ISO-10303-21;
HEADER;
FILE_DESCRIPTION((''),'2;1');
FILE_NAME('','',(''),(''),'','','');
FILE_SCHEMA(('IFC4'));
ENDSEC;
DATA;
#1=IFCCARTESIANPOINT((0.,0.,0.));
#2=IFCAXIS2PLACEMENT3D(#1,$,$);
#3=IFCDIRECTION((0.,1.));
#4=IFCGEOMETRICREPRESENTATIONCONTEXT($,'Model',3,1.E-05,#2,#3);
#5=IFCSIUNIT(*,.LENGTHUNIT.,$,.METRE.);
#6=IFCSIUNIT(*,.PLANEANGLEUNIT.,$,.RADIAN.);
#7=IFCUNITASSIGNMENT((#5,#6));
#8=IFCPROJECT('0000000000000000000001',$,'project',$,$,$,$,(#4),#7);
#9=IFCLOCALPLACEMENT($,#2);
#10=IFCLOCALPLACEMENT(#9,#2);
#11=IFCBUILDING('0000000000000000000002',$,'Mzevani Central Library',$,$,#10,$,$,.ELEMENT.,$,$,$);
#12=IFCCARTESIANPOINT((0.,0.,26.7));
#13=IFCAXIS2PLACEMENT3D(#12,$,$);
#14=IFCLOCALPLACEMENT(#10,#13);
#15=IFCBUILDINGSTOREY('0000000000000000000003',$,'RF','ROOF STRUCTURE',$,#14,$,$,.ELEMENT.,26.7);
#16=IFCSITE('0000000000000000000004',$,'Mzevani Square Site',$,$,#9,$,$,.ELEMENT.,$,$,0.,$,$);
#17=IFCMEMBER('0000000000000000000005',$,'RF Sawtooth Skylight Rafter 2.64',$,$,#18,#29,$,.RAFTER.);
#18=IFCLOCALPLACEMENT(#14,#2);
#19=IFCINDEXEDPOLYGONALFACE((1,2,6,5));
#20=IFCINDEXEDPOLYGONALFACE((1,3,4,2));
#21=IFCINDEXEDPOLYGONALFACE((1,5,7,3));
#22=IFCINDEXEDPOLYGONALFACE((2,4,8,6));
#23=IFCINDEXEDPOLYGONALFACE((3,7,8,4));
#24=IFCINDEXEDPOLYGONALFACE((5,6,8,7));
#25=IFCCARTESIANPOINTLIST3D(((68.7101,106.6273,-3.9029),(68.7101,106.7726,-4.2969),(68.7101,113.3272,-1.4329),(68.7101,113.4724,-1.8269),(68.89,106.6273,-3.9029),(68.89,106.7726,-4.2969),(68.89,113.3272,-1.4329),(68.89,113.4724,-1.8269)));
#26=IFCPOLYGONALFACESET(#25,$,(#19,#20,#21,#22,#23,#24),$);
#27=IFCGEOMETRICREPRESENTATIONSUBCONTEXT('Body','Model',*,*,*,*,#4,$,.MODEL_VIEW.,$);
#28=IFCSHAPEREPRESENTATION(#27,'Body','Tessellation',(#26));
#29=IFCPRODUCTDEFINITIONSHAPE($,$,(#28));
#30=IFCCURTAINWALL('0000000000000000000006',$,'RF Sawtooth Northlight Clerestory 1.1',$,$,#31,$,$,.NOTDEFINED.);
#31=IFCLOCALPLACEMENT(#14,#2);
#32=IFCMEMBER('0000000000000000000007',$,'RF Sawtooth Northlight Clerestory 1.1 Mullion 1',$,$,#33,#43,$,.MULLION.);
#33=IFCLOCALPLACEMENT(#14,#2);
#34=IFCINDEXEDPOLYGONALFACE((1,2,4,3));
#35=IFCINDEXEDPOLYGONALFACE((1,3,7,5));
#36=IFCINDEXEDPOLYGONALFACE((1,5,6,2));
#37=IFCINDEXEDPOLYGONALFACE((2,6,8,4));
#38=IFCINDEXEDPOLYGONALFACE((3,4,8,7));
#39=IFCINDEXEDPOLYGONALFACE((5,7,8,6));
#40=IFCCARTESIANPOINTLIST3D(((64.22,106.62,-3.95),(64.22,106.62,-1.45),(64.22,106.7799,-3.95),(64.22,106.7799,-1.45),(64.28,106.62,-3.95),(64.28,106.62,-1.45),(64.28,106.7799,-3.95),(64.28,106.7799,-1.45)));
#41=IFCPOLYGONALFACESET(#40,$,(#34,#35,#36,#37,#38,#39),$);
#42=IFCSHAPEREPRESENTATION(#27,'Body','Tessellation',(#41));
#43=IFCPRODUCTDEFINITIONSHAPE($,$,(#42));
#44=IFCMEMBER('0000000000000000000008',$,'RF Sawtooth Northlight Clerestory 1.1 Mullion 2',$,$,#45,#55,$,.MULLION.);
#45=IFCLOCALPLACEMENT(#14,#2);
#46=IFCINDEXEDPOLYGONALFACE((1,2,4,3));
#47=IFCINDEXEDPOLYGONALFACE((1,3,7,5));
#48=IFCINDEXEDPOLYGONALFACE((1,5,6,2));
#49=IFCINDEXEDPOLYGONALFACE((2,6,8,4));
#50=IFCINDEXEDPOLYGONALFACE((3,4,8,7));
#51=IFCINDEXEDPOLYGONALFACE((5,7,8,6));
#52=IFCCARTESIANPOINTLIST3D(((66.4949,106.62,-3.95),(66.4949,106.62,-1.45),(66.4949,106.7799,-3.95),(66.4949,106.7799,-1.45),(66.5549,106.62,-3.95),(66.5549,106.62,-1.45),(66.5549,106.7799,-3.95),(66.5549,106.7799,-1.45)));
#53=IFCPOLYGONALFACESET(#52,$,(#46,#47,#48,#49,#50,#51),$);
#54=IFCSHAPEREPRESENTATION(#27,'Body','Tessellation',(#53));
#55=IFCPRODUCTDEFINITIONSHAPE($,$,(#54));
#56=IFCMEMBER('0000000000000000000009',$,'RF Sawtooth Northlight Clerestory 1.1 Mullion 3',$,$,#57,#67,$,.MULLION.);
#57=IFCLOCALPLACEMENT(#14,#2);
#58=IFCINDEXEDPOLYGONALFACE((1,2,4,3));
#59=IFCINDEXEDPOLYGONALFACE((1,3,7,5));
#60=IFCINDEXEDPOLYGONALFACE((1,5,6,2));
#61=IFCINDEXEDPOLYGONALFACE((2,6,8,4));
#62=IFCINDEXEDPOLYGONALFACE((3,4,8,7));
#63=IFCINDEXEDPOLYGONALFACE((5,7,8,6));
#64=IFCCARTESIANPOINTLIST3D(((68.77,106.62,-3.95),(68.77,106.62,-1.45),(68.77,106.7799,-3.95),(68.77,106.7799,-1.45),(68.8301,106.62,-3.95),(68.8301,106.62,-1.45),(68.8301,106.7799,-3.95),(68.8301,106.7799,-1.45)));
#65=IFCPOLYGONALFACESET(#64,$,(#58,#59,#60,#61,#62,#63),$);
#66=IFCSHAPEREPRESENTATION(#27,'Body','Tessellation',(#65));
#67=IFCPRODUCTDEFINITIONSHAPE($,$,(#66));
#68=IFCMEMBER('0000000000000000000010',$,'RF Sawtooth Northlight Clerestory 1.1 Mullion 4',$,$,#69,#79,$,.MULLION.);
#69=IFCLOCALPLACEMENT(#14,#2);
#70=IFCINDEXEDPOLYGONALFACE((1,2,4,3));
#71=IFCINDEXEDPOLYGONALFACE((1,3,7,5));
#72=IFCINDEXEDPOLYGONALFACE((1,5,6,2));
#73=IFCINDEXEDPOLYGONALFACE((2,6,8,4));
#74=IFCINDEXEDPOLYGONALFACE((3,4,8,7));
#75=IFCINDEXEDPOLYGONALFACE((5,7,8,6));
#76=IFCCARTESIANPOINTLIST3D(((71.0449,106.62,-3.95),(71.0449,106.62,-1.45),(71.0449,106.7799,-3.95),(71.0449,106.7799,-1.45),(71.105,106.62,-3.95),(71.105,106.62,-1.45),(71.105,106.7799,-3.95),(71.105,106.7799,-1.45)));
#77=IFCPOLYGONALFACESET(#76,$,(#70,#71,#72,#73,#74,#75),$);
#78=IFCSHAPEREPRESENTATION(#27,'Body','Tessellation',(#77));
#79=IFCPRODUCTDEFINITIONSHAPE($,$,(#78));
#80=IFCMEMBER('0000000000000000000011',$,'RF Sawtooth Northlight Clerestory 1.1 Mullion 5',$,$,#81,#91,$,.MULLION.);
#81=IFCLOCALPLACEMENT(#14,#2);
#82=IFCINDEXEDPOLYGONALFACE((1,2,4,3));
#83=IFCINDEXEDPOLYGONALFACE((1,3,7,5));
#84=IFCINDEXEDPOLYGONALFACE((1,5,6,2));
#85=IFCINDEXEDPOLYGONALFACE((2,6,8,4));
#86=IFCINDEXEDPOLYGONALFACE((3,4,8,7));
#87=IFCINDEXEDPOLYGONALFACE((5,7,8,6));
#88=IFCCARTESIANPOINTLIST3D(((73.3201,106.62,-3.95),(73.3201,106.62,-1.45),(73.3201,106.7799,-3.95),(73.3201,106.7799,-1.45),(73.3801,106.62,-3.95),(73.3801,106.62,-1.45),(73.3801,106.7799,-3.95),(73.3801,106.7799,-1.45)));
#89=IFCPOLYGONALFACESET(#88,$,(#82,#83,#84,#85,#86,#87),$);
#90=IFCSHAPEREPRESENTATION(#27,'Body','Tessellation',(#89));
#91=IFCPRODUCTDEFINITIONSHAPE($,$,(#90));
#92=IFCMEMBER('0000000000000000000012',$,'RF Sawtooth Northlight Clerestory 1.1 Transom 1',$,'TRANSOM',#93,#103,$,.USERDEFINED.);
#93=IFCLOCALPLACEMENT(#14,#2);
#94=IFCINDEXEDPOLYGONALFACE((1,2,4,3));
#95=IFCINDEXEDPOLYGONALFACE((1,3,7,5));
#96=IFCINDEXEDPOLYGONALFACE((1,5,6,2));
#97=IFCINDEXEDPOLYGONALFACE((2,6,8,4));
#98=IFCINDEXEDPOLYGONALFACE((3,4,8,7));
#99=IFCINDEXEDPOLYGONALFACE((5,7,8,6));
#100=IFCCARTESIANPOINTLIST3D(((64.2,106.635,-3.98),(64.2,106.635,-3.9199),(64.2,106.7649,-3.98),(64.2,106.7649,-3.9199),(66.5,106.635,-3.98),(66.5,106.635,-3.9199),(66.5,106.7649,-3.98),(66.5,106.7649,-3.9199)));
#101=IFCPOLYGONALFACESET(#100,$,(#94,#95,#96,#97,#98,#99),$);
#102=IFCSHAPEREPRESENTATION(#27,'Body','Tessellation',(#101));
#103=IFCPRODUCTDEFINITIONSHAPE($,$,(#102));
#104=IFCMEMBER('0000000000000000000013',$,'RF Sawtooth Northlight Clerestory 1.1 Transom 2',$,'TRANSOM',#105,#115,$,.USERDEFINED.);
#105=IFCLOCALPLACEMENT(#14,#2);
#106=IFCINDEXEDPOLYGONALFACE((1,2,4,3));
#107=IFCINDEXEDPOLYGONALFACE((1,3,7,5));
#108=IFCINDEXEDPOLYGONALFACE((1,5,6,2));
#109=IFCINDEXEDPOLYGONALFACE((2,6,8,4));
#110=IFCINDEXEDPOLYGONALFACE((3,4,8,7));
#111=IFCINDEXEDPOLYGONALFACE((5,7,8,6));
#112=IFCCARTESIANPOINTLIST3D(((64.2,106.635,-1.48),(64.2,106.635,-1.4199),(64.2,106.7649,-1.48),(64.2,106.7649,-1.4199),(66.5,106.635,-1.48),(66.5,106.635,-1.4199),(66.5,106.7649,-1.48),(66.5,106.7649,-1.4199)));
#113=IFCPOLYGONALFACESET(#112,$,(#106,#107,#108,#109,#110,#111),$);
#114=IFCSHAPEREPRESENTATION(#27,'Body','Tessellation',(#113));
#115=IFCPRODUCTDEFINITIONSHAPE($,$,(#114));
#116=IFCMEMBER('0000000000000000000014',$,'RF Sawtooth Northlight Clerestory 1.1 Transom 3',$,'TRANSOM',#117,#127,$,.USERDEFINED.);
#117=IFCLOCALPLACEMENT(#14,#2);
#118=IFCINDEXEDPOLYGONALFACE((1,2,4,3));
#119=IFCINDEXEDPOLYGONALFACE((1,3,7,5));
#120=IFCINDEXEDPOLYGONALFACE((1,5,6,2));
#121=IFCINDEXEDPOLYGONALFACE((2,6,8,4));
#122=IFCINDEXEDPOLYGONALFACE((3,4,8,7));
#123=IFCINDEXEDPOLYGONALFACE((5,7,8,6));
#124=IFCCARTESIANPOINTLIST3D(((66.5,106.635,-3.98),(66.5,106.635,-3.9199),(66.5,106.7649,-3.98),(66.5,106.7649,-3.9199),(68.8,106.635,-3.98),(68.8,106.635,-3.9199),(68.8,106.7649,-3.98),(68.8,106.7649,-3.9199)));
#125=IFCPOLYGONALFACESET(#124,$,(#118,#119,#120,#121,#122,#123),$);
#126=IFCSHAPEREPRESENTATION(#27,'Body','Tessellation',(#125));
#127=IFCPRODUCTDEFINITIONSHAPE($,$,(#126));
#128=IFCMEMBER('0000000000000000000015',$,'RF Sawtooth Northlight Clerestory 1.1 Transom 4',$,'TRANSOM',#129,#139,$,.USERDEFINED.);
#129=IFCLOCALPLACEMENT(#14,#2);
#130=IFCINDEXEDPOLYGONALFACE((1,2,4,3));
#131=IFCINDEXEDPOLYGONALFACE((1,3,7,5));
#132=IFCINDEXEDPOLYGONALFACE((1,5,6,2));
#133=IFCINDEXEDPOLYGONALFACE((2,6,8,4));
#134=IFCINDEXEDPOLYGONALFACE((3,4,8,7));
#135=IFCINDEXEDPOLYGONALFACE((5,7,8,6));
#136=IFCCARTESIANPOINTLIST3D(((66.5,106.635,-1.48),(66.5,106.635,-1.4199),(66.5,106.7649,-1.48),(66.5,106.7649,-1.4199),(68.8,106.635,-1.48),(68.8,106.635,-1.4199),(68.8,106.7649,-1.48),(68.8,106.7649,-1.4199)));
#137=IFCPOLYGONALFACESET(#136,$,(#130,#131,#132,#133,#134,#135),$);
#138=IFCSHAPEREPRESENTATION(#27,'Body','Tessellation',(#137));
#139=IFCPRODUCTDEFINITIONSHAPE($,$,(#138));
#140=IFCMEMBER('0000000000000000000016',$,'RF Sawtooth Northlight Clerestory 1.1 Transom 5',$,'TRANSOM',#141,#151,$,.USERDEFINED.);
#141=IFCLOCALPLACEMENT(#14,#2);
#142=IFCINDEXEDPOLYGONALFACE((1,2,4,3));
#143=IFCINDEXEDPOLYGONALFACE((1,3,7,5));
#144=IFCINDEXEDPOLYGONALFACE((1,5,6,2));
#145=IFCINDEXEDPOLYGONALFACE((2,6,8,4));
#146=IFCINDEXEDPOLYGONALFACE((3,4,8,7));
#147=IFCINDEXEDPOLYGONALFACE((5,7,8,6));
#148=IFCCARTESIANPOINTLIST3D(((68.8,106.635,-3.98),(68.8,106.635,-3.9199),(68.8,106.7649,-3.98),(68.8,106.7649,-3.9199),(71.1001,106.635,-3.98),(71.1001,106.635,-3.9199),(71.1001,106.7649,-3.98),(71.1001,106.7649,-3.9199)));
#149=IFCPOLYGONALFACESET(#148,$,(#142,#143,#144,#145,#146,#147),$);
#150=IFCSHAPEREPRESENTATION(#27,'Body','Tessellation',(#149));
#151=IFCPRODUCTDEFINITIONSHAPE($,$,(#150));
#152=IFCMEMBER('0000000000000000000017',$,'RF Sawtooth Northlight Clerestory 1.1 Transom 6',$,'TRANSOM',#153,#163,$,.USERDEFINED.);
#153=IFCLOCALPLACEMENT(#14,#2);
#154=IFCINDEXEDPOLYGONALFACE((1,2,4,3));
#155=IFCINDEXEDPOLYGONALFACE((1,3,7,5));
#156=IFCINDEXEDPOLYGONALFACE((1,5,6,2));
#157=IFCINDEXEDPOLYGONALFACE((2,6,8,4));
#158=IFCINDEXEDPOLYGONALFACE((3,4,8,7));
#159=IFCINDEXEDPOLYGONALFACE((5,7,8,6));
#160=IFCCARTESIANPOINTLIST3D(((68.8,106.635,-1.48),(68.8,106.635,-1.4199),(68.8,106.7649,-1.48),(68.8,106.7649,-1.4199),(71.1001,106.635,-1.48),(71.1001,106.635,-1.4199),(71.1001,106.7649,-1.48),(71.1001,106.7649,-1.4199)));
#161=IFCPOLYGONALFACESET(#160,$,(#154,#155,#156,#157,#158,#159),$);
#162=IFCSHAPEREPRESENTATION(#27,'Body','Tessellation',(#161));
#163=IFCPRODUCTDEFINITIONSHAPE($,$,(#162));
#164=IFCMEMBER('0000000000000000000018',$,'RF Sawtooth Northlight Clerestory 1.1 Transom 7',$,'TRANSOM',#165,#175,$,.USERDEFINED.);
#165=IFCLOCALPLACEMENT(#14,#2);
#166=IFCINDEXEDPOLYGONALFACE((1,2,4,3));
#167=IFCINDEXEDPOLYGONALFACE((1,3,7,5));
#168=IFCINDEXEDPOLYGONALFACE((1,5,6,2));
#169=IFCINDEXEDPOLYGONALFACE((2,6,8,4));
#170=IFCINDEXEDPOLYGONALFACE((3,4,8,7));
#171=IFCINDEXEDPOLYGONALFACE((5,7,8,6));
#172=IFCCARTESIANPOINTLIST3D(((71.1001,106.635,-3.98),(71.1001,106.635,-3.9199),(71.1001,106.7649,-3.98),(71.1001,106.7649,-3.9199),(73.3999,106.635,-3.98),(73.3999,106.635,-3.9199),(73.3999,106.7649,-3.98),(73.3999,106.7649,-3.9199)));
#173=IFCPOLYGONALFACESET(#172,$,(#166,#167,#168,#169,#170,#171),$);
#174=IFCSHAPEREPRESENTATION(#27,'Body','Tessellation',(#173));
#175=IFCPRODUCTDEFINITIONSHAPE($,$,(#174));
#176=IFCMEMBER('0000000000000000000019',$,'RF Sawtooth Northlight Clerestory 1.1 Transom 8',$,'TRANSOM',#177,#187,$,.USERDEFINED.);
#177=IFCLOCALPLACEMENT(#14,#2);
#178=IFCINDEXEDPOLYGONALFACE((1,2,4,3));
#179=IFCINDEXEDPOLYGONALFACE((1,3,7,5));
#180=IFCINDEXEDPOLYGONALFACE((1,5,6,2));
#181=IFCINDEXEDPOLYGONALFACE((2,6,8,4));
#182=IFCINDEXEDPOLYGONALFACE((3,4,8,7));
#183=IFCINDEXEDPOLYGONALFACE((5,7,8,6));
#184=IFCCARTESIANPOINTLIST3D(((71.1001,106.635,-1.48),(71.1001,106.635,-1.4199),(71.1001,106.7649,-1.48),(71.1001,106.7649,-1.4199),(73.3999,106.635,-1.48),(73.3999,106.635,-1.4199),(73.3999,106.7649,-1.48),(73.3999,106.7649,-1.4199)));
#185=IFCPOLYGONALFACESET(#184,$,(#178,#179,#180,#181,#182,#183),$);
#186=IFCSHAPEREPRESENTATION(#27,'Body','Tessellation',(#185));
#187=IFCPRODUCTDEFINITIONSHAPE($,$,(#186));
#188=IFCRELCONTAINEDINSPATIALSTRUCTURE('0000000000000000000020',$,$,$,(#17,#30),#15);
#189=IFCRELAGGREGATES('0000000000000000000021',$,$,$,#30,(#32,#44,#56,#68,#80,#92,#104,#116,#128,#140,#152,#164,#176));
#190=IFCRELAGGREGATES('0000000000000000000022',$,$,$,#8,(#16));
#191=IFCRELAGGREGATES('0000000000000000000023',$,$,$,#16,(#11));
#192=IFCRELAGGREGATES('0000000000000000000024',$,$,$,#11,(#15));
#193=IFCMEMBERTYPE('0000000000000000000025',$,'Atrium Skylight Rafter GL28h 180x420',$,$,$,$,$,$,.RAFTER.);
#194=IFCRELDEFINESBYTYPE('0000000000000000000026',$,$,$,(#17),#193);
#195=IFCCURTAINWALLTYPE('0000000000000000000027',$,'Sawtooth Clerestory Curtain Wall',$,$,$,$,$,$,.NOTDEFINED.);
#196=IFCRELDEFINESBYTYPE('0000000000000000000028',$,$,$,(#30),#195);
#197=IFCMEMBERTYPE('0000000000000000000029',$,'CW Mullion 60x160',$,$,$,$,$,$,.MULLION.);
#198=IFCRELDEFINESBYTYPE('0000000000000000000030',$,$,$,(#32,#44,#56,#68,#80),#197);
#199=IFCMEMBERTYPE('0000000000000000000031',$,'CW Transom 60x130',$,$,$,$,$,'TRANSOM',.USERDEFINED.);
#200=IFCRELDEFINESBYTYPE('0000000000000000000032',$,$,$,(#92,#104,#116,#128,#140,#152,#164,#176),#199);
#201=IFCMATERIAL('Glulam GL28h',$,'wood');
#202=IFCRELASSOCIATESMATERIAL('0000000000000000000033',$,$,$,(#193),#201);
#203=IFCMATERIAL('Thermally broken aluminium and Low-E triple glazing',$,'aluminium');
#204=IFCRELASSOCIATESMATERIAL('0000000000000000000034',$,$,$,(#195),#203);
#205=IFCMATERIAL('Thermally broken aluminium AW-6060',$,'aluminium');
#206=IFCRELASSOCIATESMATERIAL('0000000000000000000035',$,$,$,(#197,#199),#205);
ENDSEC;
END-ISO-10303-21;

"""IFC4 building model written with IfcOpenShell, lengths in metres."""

from ifc_helpers import new_model, si_unit, direction, frame, origin, origin_2d, place, context, subcontext, project, spatial, rectangle, extrude, material, material_profile, profile_set, type_object, element, aggregate, save


model = new_model("IFC4")

# Units and contexts
model_context = context("Model", 3, precision=1e-05, world=origin(), true_north=direction((0.0, 1.0)))
body_context = subcontext(model_context, "Body", "Model", "MODEL_VIEW")
ifc_project = project(units=[si_unit("LENGTHUNIT", "METRE"), si_unit("PLANEANGLEUNIT", "RADIAN")], contexts=[model_context])

# Site, building, storey
site_placement = place(None, origin())
site = spatial("IfcSite", under=ifc_project, at=site_placement, Name="Mzevani Square Site", CompositionType="ELEMENT", RefElevation=0.0)
building_placement = place(site_placement, origin())
building = spatial("IfcBuilding", under=site, at=building_placement, Name="Mzevani Central Library", CompositionType="ELEMENT")
storey_placement = place(building_placement, frame((0.0, 0.0, 26.7)))
storey = spatial("IfcBuildingStorey", under=building, at=storey_placement, Name="RF", Description="ROOF STRUCTURE", CompositionType="ELEMENT", Elevation=26.7)

# Member
ifc_material_1 = material(Name="Glulam GL28h", Category="wood")
ifc_material_profile_1 = material_profile(ifc_material_1, rectangle(XDim=0.1799, YDim=0.4199, at=origin_2d()), Name="GL28h 180x420")
ifc_profile_set_1 = profile_set([ifc_material_profile_1], Name="Glulam GL28h")
member_type_1 = type_object("IfcMemberType", Name="Atrium Skylight Rafter GL28h 180x420", PredefinedType="RAFTER", material=ifc_profile_set_1)
member_1_placement = place(storey_placement, frame((68.8, 106.7, -4.0999), z_axis=(0.0, 0.938272, 0.345899), x_axis=(-1.0, 0.0, 0.0)))
element("IfcMember", 1, at=member_1_placement, inside=storey, type_object=member_type_1, Name="RF Sawtooth Skylight Rafter 2.64", PredefinedType="RAFTER", context=body_context, shape_type="SweptSolid", body=[
    extrude(rectangle(XDim=0.1799, YDim=0.4199, at=origin_2d()), origin(), (0.0, 0.0, 1.0), 7.1406),
])

# Curtain wall, members
ifc_material_2 = material(Name="Thermally broken aluminium and Low-E triple glazing", Category="aluminium")
curtain_wall_type = type_object("IfcCurtainWallType", Name="Sawtooth Clerestory Curtain Wall", PredefinedType="NOTDEFINED", material=ifc_material_2)
curtain_wall_placement = place(storey_placement, origin())
curtain_wall = element("IfcCurtainWall", 2, at=curtain_wall_placement, inside=storey, type_object=curtain_wall_type, Name="RF Sawtooth Northlight Clerestory 1.1", PredefinedType="NOTDEFINED")
ifc_material_3 = material(Name="Thermally broken aluminium AW-6060", Category="aluminium")
ifc_material_profile_2 = material_profile(ifc_material_3, rectangle(XDim=0.0601, YDim=0.1599, at=origin_2d()), Name="ALU M60x160")
ifc_profile_set_2 = profile_set([ifc_material_profile_2], Name="Thermally broken aluminium AW-6060")
member_type_2 = type_object("IfcMemberType", Name="CW Mullion 60x160", PredefinedType="MULLION", material=ifc_profile_set_2)
member_2_placement = place(storey_placement, frame((64.25, 106.7, -3.95), z_axis=(0.0, 0.0, 1.0), x_axis=(1.0, 0.0, 0.0)))
member_2 = element("IfcMember", 3, at=member_2_placement, type_object=member_type_2, Name="RF Sawtooth Northlight Clerestory 1.1 Mullion 1", PredefinedType="MULLION", context=body_context, shape_type="SweptSolid", body=[
    extrude(rectangle(XDim=0.0601, YDim=0.1599, at=origin_2d()), origin(), (0.0, 0.0, 1.0), 2.5),
])
member_3_placement = place(storey_placement, frame((66.5249, 106.7, -3.95), z_axis=(0.0, 0.0, 1.0), x_axis=(1.0, 0.0, 0.0)))
member_3 = element("IfcMember", 4, at=member_3_placement, type_object=member_type_2, Name="RF Sawtooth Northlight Clerestory 1.1 Mullion 2", PredefinedType="MULLION", context=body_context, shape_type="SweptSolid", body=[
    extrude(rectangle(XDim=0.0601, YDim=0.1599, at=origin_2d()), origin(), (0.0, 0.0, 1.0), 2.5),
])
member_4_placement = place(storey_placement, frame((68.8, 106.7, -3.95), z_axis=(0.0, 0.0, 1.0), x_axis=(1.0, 0.0, 0.0)))
member_4 = element("IfcMember", 5, at=member_4_placement, type_object=member_type_2, Name="RF Sawtooth Northlight Clerestory 1.1 Mullion 3", PredefinedType="MULLION", context=body_context, shape_type="SweptSolid", body=[
    extrude(rectangle(XDim=0.0601, YDim=0.1599, at=origin_2d()), origin(), (0.0, 0.0, 1.0), 2.5),
])
member_5_placement = place(storey_placement, frame((71.075, 106.7, -3.95), z_axis=(0.0, 0.0, 1.0), x_axis=(1.0, 0.0, 0.0)))
member_5 = element("IfcMember", 6, at=member_5_placement, type_object=member_type_2, Name="RF Sawtooth Northlight Clerestory 1.1 Mullion 4", PredefinedType="MULLION", context=body_context, shape_type="SweptSolid", body=[
    extrude(rectangle(XDim=0.0601, YDim=0.1599, at=origin_2d()), origin(), (0.0, 0.0, 1.0), 2.5),
])
member_6_placement = place(storey_placement, frame((73.3501, 106.7, -3.95), z_axis=(0.0, 0.0, 1.0), x_axis=(1.0, 0.0, 0.0)))
member_6 = element("IfcMember", 7, at=member_6_placement, type_object=member_type_2, Name="RF Sawtooth Northlight Clerestory 1.1 Mullion 5", PredefinedType="MULLION", context=body_context, shape_type="SweptSolid", body=[
    extrude(rectangle(XDim=0.0601, YDim=0.1599, at=origin_2d()), origin(), (0.0, 0.0, 1.0), 2.5),
])
ifc_material_profile_3 = material_profile(ifc_material_3, rectangle(XDim=0.1299, YDim=0.0601, at=origin_2d()), Name="ALU T60x130")
ifc_profile_set_3 = profile_set([ifc_material_profile_3], Name="Thermally broken aluminium AW-6060")
member_type_3 = type_object("IfcMemberType", Name="CW Transom 60x130", ElementType="TRANSOM", PredefinedType="USERDEFINED", material=ifc_profile_set_3)
member_7_placement = place(storey_placement, frame((64.2, 106.7, -3.95), z_axis=(1.0, 0.0, 0.0), x_axis=(0.0, 1.0, 0.0)))
member_7 = element("IfcMember", 8, at=member_7_placement, type_object=member_type_3, Name="RF Sawtooth Northlight Clerestory 1.1 Transom 1", ObjectType="TRANSOM", PredefinedType="USERDEFINED", context=body_context, shape_type="SweptSolid", body=[
    extrude(rectangle(XDim=0.1299, YDim=0.0601, at=origin_2d()), origin(), (0.0, 0.0, 1.0), 2.3),
])
member_8_placement = place(storey_placement, frame((64.2, 106.7, -1.45), z_axis=(1.0, 0.0, 0.0), x_axis=(0.0, 1.0, 0.0)))
member_8 = element("IfcMember", 9, at=member_8_placement, type_object=member_type_3, Name="RF Sawtooth Northlight Clerestory 1.1 Transom 2", ObjectType="TRANSOM", PredefinedType="USERDEFINED", context=body_context, shape_type="SweptSolid", body=[
    extrude(rectangle(XDim=0.1299, YDim=0.0601, at=origin_2d()), origin(), (0.0, 0.0, 1.0), 2.3),
])
member_9_placement = place(storey_placement, frame((66.5, 106.7, -3.95), z_axis=(1.0, 0.0, 0.0), x_axis=(0.0, 1.0, 0.0)))
member_9 = element("IfcMember", 10, at=member_9_placement, type_object=member_type_3, Name="RF Sawtooth Northlight Clerestory 1.1 Transom 3", ObjectType="TRANSOM", PredefinedType="USERDEFINED", context=body_context, shape_type="SweptSolid", body=[
    extrude(rectangle(XDim=0.1299, YDim=0.0601, at=origin_2d()), origin(), (0.0, 0.0, 1.0), 2.3),
])
member_10_placement = place(storey_placement, frame((66.5, 106.7, -1.45), z_axis=(1.0, 0.0, 0.0), x_axis=(0.0, 1.0, 0.0)))
member_10 = element("IfcMember", 11, at=member_10_placement, type_object=member_type_3, Name="RF Sawtooth Northlight Clerestory 1.1 Transom 4", ObjectType="TRANSOM", PredefinedType="USERDEFINED", context=body_context, shape_type="SweptSolid", body=[
    extrude(rectangle(XDim=0.1299, YDim=0.0601, at=origin_2d()), origin(), (0.0, 0.0, 1.0), 2.3),
])
member_11_placement = place(storey_placement, frame((68.8, 106.7, -3.95), z_axis=(1.0, 0.0, 0.0), x_axis=(0.0, 1.0, 0.0)))
member_11 = element("IfcMember", 12, at=member_11_placement, type_object=member_type_3, Name="RF Sawtooth Northlight Clerestory 1.1 Transom 5", ObjectType="TRANSOM", PredefinedType="USERDEFINED", context=body_context, shape_type="SweptSolid", body=[
    extrude(rectangle(XDim=0.1299, YDim=0.0601, at=origin_2d()), origin(), (0.0, 0.0, 1.0), 2.3),
])
member_12_placement = place(storey_placement, frame((68.8, 106.7, -1.45), z_axis=(1.0, 0.0, 0.0), x_axis=(0.0, 1.0, 0.0)))
member_12 = element("IfcMember", 13, at=member_12_placement, type_object=member_type_3, Name="RF Sawtooth Northlight Clerestory 1.1 Transom 6", ObjectType="TRANSOM", PredefinedType="USERDEFINED", context=body_context, shape_type="SweptSolid", body=[
    extrude(rectangle(XDim=0.1299, YDim=0.0601, at=origin_2d()), origin(), (0.0, 0.0, 1.0), 2.3),
])
member_13_placement = place(storey_placement, frame((71.1001, 106.7, -3.95), z_axis=(1.0, 0.0, 0.0), x_axis=(0.0, 1.0, 0.0)))
member_13 = element("IfcMember", 14, at=member_13_placement, type_object=member_type_3, Name="RF Sawtooth Northlight Clerestory 1.1 Transom 7", ObjectType="TRANSOM", PredefinedType="USERDEFINED", context=body_context, shape_type="SweptSolid", body=[
    extrude(rectangle(XDim=0.1299, YDim=0.0601, at=origin_2d()), origin(), (0.0, 0.0, 1.0), 2.2998),
])
member_14_placement = place(storey_placement, frame((71.1001, 106.7, -1.45), z_axis=(1.0, 0.0, 0.0), x_axis=(0.0, 1.0, 0.0)))
member_14 = element("IfcMember", 15, at=member_14_placement, type_object=member_type_3, Name="RF Sawtooth Northlight Clerestory 1.1 Transom 8", ObjectType="TRANSOM", PredefinedType="USERDEFINED", context=body_context, shape_type="SweptSolid", body=[
    extrude(rectangle(XDim=0.1299, YDim=0.0601, at=origin_2d()), origin(), (0.0, 0.0, 1.0), 2.2998),
])

aggregate(curtain_wall, [member_2, member_3, member_4, member_5, member_6, member_7, member_8, member_9, member_10, member_11, member_12, member_13, member_14])

save(model, "model.ifc")
